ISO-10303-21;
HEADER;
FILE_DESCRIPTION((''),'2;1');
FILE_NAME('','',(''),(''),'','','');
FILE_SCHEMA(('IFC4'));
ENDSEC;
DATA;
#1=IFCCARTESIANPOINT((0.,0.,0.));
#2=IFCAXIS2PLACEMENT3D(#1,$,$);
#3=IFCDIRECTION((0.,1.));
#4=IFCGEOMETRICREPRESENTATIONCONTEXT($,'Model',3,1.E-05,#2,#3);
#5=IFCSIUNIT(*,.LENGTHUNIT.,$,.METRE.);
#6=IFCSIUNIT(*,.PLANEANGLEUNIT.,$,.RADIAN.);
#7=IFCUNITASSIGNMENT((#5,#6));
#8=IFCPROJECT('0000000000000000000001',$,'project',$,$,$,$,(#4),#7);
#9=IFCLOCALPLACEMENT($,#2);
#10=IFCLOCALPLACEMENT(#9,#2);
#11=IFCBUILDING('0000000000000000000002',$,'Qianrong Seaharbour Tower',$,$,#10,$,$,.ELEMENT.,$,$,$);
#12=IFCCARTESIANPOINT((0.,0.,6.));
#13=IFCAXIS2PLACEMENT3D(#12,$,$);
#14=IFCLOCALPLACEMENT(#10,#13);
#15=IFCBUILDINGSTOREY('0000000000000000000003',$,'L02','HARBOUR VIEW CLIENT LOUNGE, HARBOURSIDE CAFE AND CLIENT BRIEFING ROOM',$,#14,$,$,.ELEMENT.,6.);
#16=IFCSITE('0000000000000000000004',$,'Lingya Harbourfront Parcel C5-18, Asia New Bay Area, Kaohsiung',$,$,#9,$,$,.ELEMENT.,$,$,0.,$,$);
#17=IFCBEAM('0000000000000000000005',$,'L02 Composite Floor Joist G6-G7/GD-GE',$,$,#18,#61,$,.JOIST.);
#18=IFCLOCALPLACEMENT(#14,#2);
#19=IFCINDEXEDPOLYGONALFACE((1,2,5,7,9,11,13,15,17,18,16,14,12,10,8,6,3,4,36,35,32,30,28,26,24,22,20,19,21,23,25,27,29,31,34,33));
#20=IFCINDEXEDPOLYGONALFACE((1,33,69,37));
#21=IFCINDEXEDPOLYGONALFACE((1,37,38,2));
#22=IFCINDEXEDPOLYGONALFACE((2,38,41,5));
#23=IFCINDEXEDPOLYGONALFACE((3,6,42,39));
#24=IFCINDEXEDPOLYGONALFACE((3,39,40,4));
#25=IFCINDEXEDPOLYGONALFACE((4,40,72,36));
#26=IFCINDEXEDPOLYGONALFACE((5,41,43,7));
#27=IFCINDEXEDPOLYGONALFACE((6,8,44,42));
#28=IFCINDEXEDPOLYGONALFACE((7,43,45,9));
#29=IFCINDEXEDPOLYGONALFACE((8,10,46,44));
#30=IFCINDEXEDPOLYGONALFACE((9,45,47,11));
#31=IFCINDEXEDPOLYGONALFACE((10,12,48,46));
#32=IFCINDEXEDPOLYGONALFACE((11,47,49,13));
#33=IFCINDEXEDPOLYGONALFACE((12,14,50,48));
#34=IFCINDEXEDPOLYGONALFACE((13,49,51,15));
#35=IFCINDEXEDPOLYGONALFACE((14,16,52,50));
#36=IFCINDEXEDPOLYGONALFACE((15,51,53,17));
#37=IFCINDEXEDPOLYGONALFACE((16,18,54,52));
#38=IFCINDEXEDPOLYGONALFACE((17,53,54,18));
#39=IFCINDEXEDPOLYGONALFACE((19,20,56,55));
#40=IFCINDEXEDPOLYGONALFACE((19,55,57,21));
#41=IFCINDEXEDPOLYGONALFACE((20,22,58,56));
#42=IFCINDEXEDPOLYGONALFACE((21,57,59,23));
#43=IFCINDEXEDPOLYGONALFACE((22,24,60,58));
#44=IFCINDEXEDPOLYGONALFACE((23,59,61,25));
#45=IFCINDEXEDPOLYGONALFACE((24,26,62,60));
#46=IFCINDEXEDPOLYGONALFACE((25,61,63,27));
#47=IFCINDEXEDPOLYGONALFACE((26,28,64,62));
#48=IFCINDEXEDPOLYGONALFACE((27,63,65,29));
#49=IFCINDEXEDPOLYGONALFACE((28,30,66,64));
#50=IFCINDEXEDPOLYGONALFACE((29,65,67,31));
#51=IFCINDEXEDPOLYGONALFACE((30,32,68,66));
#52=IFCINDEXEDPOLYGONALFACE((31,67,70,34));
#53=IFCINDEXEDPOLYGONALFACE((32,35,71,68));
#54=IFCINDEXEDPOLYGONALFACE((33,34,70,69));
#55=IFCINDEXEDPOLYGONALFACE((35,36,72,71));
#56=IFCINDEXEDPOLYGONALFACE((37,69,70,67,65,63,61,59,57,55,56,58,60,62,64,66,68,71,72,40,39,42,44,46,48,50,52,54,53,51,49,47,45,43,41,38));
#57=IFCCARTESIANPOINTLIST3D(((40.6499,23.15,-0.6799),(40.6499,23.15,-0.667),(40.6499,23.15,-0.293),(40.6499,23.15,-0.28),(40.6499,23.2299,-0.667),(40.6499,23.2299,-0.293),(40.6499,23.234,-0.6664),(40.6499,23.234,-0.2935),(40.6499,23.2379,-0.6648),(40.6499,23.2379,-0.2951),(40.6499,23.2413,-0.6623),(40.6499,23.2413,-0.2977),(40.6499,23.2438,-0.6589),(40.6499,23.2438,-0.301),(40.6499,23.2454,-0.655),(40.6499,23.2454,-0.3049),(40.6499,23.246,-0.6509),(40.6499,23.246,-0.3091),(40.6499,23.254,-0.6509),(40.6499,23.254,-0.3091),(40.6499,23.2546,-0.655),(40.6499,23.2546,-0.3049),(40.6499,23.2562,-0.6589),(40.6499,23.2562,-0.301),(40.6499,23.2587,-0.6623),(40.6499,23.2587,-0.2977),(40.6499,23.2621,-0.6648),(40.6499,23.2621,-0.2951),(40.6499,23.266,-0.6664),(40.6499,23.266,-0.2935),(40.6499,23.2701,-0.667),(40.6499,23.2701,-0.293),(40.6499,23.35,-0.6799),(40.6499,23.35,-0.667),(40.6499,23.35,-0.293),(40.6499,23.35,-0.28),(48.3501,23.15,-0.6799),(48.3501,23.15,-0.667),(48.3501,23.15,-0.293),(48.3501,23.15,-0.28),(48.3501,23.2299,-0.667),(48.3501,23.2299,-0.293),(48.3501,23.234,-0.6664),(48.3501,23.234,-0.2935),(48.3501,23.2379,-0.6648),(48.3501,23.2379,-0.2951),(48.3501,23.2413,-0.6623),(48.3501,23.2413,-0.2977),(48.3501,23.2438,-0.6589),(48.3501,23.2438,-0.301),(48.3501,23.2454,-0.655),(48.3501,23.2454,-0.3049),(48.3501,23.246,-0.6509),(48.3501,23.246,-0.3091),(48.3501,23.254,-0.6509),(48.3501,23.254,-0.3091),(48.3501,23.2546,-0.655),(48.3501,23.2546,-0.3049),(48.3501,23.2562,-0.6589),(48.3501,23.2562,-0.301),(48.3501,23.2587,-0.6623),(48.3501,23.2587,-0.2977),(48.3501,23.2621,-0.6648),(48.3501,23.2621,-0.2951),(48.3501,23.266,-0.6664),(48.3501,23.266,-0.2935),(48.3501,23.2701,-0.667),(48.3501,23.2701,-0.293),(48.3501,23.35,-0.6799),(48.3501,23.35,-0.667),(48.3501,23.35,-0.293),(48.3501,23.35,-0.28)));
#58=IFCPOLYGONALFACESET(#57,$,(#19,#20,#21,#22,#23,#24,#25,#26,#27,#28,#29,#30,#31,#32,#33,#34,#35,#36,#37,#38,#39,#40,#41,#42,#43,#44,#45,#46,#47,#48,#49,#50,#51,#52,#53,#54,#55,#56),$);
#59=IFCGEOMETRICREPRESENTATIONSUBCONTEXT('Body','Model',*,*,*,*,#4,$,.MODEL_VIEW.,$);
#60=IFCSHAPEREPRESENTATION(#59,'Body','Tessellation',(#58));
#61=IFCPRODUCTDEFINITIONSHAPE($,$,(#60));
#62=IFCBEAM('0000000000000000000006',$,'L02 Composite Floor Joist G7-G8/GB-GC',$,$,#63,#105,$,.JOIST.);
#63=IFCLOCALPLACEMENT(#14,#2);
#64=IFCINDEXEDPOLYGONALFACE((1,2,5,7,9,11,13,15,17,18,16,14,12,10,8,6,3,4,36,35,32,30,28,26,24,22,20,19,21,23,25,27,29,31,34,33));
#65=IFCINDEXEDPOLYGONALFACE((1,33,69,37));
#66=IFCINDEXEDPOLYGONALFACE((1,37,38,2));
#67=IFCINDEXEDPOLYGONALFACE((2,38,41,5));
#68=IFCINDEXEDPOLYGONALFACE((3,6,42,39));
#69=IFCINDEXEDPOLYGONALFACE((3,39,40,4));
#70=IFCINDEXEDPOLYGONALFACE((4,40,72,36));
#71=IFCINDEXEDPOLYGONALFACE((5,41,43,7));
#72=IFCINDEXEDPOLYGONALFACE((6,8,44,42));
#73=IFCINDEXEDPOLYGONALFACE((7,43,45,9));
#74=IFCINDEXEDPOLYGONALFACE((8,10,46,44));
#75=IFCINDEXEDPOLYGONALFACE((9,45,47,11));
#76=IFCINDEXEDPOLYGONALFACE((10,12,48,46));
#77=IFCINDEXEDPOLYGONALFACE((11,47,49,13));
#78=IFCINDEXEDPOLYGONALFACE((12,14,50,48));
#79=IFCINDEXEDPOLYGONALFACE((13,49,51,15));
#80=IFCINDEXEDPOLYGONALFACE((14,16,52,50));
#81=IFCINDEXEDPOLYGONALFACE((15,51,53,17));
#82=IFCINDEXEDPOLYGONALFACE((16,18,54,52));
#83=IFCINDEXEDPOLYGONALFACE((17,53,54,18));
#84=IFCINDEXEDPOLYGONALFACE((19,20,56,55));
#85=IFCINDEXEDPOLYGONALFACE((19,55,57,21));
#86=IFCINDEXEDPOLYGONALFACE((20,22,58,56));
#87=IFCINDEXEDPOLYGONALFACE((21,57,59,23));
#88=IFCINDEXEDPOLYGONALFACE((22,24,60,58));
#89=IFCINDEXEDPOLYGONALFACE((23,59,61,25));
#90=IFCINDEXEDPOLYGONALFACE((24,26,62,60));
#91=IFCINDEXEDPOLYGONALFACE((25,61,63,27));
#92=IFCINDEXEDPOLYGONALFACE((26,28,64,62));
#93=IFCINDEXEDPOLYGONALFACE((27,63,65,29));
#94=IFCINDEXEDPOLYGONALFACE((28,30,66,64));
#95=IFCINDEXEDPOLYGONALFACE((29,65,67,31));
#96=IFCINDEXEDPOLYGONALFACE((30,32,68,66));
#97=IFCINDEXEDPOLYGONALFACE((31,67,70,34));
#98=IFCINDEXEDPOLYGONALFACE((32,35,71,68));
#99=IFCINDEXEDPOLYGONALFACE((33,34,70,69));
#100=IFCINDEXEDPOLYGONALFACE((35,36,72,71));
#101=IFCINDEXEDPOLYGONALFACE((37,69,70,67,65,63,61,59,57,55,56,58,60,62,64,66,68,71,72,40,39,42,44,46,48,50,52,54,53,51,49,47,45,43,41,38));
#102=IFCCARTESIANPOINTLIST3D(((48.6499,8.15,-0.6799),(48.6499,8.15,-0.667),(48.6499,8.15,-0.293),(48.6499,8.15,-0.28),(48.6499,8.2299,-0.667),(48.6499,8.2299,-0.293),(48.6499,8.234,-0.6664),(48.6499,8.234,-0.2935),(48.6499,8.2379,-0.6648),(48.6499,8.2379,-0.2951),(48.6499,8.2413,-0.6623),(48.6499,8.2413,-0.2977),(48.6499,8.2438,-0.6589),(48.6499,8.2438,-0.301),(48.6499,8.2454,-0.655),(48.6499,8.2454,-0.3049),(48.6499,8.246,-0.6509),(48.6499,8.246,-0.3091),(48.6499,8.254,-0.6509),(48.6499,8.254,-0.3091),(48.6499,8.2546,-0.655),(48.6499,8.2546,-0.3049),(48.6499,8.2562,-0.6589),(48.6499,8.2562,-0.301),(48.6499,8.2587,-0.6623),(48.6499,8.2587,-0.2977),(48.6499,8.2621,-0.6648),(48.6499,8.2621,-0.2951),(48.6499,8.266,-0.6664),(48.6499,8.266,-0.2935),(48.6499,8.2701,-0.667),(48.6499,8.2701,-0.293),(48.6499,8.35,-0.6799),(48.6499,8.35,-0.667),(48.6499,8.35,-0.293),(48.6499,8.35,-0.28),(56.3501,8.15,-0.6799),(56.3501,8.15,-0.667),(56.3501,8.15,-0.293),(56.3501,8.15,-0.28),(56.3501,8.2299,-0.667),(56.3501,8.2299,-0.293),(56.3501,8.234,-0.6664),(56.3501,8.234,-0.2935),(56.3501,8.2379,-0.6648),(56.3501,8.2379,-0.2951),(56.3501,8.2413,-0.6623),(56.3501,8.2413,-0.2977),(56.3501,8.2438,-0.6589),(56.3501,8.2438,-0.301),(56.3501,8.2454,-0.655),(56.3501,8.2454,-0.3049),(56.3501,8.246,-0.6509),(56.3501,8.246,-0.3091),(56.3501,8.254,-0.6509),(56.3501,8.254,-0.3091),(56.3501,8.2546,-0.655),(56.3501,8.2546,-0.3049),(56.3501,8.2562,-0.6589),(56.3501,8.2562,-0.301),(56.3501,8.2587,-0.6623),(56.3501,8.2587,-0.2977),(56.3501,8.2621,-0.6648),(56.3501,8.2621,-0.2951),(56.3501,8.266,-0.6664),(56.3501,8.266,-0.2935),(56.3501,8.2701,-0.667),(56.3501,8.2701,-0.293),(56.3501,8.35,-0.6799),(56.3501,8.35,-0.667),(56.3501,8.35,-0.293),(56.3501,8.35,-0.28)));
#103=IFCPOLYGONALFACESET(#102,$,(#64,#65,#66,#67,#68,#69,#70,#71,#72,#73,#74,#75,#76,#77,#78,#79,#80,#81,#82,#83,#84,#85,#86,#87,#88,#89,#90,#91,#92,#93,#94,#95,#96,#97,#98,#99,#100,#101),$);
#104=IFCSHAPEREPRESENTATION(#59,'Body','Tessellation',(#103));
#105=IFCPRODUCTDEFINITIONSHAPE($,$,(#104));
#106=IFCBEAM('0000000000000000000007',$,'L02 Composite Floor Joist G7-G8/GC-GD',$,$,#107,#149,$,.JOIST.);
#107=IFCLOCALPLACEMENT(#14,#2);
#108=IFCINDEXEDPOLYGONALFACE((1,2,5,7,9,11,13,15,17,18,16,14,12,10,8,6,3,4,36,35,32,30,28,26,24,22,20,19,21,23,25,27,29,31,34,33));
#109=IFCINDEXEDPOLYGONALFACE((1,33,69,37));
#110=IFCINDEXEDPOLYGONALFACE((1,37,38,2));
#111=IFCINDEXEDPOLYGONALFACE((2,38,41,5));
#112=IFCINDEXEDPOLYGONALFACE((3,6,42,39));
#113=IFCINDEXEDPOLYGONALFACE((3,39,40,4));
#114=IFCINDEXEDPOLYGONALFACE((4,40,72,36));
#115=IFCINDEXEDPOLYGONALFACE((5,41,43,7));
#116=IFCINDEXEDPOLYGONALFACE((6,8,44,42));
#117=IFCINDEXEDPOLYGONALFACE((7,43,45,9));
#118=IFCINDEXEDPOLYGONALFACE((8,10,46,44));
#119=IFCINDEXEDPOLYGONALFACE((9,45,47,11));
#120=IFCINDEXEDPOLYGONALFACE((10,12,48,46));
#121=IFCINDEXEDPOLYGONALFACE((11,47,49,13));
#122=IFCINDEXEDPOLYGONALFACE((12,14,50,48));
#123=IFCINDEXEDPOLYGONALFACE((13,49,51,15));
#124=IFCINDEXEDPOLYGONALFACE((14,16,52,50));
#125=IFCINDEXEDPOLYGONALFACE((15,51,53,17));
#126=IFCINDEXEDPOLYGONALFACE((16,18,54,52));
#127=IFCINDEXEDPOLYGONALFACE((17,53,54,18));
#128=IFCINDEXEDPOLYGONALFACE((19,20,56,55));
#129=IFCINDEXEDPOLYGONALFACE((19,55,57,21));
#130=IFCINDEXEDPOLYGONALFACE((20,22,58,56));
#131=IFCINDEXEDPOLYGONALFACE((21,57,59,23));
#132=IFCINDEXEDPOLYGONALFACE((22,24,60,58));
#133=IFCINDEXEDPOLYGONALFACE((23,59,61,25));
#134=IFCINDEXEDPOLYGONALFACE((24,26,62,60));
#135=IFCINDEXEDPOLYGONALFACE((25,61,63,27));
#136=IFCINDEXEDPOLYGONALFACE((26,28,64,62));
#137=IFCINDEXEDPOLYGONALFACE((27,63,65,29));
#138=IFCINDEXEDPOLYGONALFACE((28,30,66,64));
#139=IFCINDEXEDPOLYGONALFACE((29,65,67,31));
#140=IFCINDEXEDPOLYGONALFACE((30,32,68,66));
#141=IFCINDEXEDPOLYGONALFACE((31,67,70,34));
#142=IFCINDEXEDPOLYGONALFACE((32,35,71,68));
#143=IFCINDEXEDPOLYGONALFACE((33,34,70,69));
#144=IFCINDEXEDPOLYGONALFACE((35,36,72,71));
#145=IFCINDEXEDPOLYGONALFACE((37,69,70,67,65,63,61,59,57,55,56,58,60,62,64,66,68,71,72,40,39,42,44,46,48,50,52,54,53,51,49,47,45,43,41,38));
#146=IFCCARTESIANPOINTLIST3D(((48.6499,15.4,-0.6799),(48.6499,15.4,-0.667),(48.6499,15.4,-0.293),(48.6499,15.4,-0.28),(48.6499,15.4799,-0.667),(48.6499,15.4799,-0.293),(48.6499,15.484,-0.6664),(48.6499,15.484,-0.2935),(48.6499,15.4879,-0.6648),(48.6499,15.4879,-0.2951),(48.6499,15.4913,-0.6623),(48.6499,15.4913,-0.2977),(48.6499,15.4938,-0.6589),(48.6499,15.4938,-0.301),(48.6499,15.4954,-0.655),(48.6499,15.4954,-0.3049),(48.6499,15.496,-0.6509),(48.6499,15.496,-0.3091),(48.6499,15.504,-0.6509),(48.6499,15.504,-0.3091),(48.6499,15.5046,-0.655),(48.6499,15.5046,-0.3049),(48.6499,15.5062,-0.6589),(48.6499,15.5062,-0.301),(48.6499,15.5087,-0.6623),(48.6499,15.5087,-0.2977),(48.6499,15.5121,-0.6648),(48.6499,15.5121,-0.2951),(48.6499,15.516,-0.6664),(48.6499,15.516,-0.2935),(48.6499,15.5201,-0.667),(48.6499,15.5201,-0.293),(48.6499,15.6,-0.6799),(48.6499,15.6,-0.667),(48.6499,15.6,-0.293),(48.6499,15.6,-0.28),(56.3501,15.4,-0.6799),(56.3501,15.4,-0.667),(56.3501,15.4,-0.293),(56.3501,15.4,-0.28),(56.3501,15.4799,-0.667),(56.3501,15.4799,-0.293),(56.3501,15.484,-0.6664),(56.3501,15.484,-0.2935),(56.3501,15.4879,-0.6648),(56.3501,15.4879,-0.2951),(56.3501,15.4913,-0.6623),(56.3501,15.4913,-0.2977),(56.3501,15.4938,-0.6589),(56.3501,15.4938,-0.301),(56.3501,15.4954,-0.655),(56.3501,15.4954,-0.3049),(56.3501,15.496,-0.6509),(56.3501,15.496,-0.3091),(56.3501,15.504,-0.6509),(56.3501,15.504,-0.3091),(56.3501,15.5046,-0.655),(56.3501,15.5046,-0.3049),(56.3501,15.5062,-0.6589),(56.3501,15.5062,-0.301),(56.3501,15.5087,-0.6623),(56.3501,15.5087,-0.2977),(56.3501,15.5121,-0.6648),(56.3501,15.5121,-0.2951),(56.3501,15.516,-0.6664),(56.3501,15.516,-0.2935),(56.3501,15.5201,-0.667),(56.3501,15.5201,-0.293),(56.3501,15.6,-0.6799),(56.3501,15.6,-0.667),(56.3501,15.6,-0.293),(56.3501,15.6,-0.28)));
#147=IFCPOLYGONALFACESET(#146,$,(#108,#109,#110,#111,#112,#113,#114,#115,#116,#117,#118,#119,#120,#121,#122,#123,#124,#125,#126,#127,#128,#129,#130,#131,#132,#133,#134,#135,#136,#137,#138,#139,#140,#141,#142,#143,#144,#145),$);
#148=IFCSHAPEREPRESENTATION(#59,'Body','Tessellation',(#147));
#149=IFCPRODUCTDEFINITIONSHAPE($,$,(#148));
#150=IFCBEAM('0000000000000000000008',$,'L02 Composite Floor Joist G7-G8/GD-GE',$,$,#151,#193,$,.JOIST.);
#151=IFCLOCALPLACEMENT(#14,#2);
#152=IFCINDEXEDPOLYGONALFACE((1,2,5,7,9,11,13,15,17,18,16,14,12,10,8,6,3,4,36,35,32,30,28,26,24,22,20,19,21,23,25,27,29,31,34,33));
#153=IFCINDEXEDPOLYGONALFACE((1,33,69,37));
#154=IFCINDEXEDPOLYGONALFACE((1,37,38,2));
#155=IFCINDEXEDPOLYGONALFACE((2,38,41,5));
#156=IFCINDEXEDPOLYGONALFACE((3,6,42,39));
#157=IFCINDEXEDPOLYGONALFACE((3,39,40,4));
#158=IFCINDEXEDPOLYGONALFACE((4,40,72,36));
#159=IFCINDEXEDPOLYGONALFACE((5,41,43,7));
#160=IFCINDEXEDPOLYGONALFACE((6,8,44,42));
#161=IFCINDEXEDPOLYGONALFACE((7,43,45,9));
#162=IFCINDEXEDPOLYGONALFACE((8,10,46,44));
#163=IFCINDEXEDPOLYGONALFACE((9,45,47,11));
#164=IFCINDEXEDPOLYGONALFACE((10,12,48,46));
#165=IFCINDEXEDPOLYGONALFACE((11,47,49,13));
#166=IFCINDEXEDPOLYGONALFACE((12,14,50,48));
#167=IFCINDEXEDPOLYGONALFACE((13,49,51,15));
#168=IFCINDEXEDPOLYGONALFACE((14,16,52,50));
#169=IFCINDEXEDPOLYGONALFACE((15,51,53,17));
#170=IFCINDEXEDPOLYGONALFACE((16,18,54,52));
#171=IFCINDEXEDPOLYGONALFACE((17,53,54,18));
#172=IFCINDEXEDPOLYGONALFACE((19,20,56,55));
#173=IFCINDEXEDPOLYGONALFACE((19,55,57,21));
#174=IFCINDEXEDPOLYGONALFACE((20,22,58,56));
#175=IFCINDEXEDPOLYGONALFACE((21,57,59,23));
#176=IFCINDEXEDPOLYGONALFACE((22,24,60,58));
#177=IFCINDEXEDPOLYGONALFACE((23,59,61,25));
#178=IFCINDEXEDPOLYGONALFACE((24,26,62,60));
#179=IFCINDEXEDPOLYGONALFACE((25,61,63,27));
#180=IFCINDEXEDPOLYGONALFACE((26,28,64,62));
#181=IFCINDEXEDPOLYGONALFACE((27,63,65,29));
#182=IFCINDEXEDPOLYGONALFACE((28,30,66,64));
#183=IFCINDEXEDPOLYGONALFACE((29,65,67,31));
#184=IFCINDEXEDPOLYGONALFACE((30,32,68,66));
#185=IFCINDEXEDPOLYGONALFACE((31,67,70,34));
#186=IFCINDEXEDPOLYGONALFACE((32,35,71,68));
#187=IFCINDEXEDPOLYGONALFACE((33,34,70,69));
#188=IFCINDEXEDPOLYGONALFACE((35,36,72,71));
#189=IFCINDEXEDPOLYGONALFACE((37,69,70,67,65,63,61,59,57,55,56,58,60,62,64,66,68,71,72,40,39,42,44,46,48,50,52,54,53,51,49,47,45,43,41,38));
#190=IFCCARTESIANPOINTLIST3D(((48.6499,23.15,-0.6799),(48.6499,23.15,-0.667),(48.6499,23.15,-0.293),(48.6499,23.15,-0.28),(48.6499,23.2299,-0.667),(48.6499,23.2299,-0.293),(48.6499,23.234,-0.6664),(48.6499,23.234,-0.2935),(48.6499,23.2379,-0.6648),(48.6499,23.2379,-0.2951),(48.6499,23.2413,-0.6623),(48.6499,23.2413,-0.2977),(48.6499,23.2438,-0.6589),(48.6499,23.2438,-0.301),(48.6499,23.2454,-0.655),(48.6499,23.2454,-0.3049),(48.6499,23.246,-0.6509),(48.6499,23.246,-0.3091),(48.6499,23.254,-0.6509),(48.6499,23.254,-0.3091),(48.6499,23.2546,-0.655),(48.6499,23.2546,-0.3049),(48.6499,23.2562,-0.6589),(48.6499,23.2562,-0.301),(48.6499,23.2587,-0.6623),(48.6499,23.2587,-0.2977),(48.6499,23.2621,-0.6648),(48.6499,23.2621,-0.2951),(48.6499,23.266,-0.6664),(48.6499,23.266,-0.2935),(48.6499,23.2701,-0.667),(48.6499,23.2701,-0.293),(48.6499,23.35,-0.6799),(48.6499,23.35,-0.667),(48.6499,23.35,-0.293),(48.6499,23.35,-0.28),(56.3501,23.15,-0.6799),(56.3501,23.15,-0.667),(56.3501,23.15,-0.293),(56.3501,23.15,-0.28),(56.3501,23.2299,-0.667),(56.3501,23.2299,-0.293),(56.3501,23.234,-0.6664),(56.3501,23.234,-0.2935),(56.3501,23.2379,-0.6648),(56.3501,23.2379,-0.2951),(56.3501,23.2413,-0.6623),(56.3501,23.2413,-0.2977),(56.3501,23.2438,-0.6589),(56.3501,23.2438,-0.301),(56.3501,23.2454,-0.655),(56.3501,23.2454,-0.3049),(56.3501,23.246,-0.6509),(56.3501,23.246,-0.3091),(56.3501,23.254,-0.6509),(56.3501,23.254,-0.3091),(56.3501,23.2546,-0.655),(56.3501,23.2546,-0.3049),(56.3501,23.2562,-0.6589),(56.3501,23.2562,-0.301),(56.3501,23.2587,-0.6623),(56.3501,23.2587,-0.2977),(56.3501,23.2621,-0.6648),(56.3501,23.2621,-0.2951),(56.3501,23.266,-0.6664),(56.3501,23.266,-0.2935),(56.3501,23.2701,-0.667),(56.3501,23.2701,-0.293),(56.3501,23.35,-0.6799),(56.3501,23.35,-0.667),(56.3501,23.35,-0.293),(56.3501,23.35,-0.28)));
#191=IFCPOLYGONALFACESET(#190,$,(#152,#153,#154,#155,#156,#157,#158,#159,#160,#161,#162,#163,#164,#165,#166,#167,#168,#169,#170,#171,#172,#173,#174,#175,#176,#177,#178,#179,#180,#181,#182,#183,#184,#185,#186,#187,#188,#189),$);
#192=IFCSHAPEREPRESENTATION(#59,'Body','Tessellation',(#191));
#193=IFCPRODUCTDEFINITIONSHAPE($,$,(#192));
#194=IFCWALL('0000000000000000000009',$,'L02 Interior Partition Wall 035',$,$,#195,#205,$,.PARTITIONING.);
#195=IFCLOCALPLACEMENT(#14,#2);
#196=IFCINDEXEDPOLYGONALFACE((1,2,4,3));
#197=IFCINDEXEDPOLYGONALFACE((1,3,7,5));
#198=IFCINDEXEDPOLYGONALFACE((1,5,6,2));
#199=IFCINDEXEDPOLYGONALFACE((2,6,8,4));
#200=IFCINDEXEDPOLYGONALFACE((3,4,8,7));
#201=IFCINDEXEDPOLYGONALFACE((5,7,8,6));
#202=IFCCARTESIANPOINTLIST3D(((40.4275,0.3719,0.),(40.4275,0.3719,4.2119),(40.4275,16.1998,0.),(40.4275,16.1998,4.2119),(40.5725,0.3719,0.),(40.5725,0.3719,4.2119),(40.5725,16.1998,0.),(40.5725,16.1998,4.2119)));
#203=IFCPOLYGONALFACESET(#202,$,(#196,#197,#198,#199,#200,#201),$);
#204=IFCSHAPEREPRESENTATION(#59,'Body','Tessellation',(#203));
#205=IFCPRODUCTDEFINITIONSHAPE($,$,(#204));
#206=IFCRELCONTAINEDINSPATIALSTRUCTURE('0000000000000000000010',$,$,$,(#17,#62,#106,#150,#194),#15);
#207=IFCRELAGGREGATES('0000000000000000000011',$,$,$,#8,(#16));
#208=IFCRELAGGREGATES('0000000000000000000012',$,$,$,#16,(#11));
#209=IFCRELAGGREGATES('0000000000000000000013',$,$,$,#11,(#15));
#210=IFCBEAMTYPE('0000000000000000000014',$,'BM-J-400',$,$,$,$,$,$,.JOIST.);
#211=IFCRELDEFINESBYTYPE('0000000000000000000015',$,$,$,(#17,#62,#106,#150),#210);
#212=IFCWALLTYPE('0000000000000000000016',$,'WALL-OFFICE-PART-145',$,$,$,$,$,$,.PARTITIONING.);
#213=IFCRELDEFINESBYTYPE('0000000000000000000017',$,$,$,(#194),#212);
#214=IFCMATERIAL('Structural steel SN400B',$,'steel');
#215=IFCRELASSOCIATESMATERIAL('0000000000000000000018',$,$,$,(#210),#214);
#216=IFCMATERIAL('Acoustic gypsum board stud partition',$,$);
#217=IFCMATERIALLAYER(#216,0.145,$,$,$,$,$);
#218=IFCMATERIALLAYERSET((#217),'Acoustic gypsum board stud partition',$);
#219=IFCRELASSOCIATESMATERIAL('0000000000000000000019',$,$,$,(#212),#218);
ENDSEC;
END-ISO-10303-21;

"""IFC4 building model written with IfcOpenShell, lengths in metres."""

from ifc_helpers import new_model, si_unit, direction, frame, frame_2d, origin, origin_2d, place, context, subcontext, project, spatial, rectangle, i_section, extrude, material, layer, layer_set, material_profile, profile_set, type_object, element, save


model = new_model("IFC4")

# Units and contexts
model_context = context("Model", 3, precision=1e-05, world=origin(), true_north=direction((0.0, 1.0)))
body_context = subcontext(model_context, "Body", "Model", "MODEL_VIEW")
ifc_project = project(units=[si_unit("LENGTHUNIT", "METRE"), si_unit("PLANEANGLEUNIT", "RADIAN")], contexts=[model_context])

# Site, building, storey
site_placement = place(None, origin())
site = spatial("IfcSite", under=ifc_project, at=site_placement, Name="Lingya Harbourfront Parcel C5-18, Asia New Bay Area, Kaohsiung", CompositionType="ELEMENT", RefElevation=0.0)
building_placement = place(site_placement, origin())
building = spatial("IfcBuilding", under=site, at=building_placement, Name="Qianrong Seaharbour Tower", CompositionType="ELEMENT")
storey_placement = place(building_placement, frame((0.0, 0.0, 6.0)))
storey = spatial("IfcBuildingStorey", under=building, at=storey_placement, Name="L02", Description="HARBOUR VIEW CLIENT LOUNGE, HARBOURSIDE CAFE AND CLIENT BRIEFING ROOM", CompositionType="ELEMENT", Elevation=6.0)

# Beams
ifc_material_1 = material(Name="Structural steel SN400B", Category="steel")
ifc_material_profile_1 = material_profile(ifc_material_1, i_section(OverallWidth=0.2, OverallDepth=0.3999, WebThickness=0.0081, FlangeThickness=0.0129, FilletRadius=0.0161, at=origin_2d()), Name="H400x200x8x13")
ifc_profile_set_1 = profile_set([ifc_material_profile_1], Name="Structural steel SN400B")
beam_type_1 = type_object("IfcBeamType", Name="BM-J-400", PredefinedType="JOIST", material=ifc_profile_set_1)
for number, where, z_axis, x_axis, name in (
    (1, (40.6499, 23.25, -0.48), (1.0, 0.0, 0.0), (0.0, 1.0, 0.0), "L02 Composite Floor Joist G6-G7/GD-GE"),
    (2, (48.6499, 8.25, -0.48), (1.0, 0.0, 0.0), (0.0, 1.0, 0.0), "L02 Composite Floor Joist G7-G8/GB-GC"),
    (3, (48.6499, 15.5, -0.48), (1.0, 0.0, 0.0), (0.0, 1.0, 0.0), "L02 Composite Floor Joist G7-G8/GC-GD"),
    (4, (48.6499, 23.25, -0.48), (1.0, 0.0, 0.0), (0.0, 1.0, 0.0), "L02 Composite Floor Joist G7-G8/GD-GE"),
):
    element("IfcBeam", number, at=place(storey_placement, frame(where, z_axis=z_axis, x_axis=x_axis)), inside=storey, type_object=beam_type_1, Name=name, PredefinedType="JOIST", context=body_context, shape_type="SweptSolid", body=[
        extrude(i_section(OverallWidth=0.2, OverallDepth=0.3999, WebThickness=0.0081, FlangeThickness=0.0129, FilletRadius=0.0161, at=origin_2d()), origin(), (0.0, 0.0, 1.0), 7.7002),
    ])

# Wall
ifc_material_2 = material(Name="Acoustic gypsum board stud partition")
ifc_layer = layer(ifc_material_2, 0.145)
ifc_layer_set = layer_set([ifc_layer], Name="Acoustic gypsum board stud partition")
wall_type = type_object("IfcWallType", Name="WALL-OFFICE-PART-145", PredefinedType="PARTITIONING", material=ifc_layer_set)
wall_placement = place(storey_placement, frame((40.5, 16.2, 0.0), z_axis=(0.0, 0.0, 1.0), x_axis=(0.0, -1.0, 0.0)))
element("IfcWall", 5, at=wall_placement, inside=storey, type_object=wall_type, Name="L02 Interior Partition Wall 035", PredefinedType="PARTITIONING", context=body_context, shape_type="SweptSolid", body=[
    extrude(rectangle(XDim=15.8279, YDim=0.145, at=frame_2d((7.9141, 0.0))), origin(), (0.0, 0.0, 1.0), 4.2119),
])

save(model, "model.ifc")
